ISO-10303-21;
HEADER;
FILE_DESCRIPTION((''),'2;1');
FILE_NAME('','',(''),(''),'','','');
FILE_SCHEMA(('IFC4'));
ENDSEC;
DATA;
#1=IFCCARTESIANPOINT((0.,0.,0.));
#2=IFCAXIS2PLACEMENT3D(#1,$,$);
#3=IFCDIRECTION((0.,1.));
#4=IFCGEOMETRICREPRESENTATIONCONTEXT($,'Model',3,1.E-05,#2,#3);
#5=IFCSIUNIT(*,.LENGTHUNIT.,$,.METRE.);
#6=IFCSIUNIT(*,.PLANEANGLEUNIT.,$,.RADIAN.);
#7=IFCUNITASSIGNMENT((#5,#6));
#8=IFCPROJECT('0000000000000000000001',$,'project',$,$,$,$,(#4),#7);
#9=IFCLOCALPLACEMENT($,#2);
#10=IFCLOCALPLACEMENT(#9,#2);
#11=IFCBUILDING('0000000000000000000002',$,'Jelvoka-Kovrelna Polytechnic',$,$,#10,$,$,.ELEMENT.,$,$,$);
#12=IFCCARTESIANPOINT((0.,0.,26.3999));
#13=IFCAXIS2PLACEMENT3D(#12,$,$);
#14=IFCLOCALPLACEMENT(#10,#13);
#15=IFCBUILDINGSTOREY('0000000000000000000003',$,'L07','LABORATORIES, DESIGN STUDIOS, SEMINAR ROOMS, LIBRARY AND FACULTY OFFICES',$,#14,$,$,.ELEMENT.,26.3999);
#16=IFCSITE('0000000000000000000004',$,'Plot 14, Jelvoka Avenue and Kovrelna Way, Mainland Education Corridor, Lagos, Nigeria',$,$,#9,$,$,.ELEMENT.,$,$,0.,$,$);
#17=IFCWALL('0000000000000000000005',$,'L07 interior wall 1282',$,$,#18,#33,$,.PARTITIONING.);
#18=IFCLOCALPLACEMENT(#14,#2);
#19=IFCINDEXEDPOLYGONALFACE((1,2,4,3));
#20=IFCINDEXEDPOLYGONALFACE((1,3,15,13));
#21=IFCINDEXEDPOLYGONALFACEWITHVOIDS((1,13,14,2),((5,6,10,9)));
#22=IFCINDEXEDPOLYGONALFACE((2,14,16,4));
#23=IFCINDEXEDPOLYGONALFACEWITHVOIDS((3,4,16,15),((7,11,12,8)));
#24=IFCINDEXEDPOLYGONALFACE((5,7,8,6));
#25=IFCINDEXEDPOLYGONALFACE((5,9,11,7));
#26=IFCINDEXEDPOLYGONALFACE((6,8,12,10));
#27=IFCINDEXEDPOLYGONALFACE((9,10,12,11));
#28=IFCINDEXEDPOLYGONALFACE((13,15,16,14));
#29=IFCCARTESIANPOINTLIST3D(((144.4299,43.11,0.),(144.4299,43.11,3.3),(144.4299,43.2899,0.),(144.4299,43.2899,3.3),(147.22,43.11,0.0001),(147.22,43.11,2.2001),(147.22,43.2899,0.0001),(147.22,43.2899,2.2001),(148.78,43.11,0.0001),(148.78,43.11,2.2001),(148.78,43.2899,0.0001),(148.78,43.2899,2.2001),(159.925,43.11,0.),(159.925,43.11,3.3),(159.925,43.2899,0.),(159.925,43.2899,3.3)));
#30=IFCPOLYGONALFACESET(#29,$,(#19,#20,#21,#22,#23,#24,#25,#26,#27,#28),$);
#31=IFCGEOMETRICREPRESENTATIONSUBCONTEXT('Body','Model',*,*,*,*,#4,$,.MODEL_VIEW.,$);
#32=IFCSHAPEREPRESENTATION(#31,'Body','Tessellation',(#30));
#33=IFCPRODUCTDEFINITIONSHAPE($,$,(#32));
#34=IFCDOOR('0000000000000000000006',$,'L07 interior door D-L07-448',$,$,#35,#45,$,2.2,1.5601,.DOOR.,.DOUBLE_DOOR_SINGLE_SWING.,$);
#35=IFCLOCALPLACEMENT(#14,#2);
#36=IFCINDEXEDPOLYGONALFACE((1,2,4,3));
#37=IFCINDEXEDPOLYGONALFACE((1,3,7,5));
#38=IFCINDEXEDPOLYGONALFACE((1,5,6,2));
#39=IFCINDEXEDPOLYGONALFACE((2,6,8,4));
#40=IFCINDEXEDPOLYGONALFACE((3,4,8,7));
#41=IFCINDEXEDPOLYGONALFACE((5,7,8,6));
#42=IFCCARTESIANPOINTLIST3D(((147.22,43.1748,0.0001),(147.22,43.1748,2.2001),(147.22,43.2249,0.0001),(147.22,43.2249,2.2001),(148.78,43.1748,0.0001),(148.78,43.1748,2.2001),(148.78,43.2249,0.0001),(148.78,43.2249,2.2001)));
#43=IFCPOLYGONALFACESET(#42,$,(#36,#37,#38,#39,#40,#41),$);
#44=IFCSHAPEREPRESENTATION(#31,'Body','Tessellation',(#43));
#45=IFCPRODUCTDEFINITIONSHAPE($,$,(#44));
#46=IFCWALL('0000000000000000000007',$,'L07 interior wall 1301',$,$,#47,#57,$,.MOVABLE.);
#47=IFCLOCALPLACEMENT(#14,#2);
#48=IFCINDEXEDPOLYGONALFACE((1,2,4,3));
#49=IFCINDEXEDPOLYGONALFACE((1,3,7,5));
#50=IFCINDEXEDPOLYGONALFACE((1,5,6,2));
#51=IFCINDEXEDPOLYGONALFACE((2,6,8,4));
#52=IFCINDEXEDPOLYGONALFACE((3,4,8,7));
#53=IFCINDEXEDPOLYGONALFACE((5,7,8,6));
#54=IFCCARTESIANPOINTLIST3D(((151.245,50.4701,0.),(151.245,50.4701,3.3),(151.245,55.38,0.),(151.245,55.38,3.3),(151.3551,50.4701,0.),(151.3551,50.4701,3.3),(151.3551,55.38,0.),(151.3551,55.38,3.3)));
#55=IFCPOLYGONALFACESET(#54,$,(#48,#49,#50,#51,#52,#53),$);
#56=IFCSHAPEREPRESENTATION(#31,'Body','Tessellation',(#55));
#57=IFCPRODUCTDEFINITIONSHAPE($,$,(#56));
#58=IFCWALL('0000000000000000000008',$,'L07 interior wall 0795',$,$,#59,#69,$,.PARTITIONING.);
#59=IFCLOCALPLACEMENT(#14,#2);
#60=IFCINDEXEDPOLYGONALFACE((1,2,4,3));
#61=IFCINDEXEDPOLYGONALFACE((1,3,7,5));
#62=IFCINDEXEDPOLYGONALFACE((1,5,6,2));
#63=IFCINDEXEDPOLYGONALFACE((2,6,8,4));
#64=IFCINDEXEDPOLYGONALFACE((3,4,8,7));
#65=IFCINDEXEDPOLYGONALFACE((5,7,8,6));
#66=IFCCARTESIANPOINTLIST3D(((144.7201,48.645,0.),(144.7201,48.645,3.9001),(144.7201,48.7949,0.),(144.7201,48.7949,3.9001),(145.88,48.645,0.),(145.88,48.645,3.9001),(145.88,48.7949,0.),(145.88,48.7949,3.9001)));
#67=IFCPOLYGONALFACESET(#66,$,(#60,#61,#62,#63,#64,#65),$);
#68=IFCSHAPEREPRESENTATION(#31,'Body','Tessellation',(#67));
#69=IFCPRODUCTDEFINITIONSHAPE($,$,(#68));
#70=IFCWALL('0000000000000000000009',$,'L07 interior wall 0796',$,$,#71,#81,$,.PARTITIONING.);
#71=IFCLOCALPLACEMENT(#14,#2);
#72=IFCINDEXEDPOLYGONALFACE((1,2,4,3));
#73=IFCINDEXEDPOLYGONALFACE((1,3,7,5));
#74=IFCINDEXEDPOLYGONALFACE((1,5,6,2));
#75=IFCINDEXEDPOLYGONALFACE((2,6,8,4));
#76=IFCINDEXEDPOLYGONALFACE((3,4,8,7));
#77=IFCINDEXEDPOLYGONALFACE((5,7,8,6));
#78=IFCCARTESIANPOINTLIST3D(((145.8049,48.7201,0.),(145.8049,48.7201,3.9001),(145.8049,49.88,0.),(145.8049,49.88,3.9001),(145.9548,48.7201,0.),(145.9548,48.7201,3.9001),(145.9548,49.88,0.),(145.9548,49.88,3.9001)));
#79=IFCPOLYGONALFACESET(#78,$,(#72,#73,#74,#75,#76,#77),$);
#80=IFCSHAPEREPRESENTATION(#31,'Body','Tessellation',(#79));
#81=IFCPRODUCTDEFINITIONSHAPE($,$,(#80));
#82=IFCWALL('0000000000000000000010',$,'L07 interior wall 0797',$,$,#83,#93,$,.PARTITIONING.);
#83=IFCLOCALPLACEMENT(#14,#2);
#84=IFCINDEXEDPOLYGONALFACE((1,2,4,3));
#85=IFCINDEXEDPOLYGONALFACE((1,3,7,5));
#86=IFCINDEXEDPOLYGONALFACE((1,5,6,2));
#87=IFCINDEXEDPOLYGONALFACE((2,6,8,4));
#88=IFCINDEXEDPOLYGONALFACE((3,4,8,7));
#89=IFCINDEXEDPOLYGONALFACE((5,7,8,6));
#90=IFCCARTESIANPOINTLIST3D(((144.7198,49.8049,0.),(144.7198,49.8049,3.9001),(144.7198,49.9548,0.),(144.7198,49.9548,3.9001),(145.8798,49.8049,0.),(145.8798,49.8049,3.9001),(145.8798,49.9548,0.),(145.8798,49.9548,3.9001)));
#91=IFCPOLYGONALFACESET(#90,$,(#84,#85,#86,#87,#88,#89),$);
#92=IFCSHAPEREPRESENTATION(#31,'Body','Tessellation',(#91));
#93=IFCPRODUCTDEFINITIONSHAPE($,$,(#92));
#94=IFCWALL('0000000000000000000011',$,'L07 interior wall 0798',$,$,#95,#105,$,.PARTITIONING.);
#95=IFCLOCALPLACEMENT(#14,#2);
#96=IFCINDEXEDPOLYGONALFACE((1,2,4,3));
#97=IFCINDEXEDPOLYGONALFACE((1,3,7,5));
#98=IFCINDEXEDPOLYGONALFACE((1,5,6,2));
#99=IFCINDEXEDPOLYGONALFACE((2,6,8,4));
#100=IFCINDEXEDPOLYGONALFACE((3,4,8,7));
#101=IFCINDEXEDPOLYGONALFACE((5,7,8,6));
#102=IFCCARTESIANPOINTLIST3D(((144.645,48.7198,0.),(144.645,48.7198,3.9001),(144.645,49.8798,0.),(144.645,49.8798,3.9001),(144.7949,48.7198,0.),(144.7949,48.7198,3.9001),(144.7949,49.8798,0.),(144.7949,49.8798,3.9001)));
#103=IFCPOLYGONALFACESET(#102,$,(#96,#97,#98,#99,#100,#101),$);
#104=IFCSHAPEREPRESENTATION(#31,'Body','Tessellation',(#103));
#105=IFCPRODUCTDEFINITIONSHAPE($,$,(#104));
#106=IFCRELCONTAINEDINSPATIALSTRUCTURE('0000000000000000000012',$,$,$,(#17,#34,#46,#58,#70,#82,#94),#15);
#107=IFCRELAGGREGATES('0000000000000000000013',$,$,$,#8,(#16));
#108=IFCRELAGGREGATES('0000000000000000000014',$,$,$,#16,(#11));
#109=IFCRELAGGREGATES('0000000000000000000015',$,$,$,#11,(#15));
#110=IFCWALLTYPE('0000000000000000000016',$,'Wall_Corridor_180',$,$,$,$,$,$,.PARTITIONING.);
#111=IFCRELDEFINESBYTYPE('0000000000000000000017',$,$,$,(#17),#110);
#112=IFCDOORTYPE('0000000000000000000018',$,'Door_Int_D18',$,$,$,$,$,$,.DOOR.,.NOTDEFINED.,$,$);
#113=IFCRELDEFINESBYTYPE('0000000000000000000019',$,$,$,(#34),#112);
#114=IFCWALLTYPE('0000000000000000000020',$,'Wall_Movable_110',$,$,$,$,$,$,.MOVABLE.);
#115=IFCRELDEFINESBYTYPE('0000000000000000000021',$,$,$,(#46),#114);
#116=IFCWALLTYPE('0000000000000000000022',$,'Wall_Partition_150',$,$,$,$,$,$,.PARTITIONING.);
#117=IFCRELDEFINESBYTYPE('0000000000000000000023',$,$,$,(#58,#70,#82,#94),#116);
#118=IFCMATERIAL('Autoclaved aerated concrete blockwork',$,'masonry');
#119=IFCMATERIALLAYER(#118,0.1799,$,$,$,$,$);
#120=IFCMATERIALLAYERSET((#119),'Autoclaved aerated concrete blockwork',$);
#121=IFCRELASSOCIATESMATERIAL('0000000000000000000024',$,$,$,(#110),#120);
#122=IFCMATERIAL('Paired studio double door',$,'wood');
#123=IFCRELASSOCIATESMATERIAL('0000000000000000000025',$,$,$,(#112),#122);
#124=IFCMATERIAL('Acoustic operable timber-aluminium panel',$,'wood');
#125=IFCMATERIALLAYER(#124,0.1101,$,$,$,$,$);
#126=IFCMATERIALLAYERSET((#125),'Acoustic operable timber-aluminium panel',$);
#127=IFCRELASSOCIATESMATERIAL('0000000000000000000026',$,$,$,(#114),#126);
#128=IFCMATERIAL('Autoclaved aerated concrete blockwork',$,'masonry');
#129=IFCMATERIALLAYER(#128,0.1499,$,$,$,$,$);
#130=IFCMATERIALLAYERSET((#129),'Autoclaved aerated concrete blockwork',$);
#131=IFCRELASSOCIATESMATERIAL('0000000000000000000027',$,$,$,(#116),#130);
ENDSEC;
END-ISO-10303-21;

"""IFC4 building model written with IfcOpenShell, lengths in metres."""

from ifc_helpers import new_model, si_unit, direction, frame, frame_2d, origin, place, context, subcontext, project, spatial, rectangle, extrude, material, layer, layer_set, type_object, element, fill, save


model = new_model("IFC4")

# Units and contexts
model_context = context("Model", 3, precision=1e-05, world=origin(), true_north=direction((0.0, 1.0)))
body_context = subcontext(model_context, "Body", "Model", "MODEL_VIEW")
ifc_project = project(units=[si_unit("LENGTHUNIT", "METRE"), si_unit("PLANEANGLEUNIT", "RADIAN")], contexts=[model_context])

# Site, building, storey
site_placement = place(None, origin())
site = spatial("IfcSite", under=ifc_project, at=site_placement, Name="Plot 14, Jelvoka Avenue and Kovrelna Way, Mainland Education Corridor, Lagos, Nigeria", CompositionType="ELEMENT", RefElevation=0.0)
building_placement = place(site_placement, origin())
building = spatial("IfcBuilding", under=site, at=building_placement, Name="Jelvoka-Kovrelna Polytechnic", CompositionType="ELEMENT")
storey_placement = place(building_placement, frame((0.0, 0.0, 26.3999)))
storey = spatial("IfcBuildingStorey", under=building, at=storey_placement, Name="L07", Description="LABORATORIES, DESIGN STUDIOS, SEMINAR ROOMS, LIBRARY AND FACULTY OFFICES", CompositionType="ELEMENT", Elevation=26.3999)

# Wall, opening, door
ifc_material_1 = material(Name="Autoclaved aerated concrete blockwork", Category="masonry")
ifc_layer_1 = layer(ifc_material_1, 0.1799)
ifc_layer_set_1 = layer_set([ifc_layer_1], Name="Autoclaved aerated concrete blockwork")
wall_type_1 = type_object("IfcWallType", Name="Wall_Corridor_180", PredefinedType="PARTITIONING", material=ifc_layer_set_1)
wall_1_placement = place(storey_placement, frame((144.4299, 43.2, 0.0), z_axis=(0.0, 0.0, 1.0), x_axis=(1.0, 0.0, 0.0)))
wall_1 = element("IfcWall", 1, at=wall_1_placement, inside=storey, type_object=wall_type_1, Name="L07 interior wall 1282", PredefinedType="PARTITIONING", context=body_context, shape_type="SweptSolid", body=[
    extrude(rectangle(XDim=15.4951, YDim=0.1799, at=frame_2d((7.7476, 0.0))), origin(), (0.0, 0.0, 1.0), 3.3),
])
opening_placement = place(wall_1_placement, frame((2.79, 0.0, 0.0)))
opening = element("IfcOpeningElement", 2, at=opening_placement, cuts=wall_1, PredefinedType="OPENING", context=body_context, shape_type="SweptSolid", body=[
    extrude(rectangle(XDim=1.5601, YDim=2.2, at=frame_2d((0.78, 1.1001))), frame((0.0, 0.0999, 0.0), z_axis=(0.0, -1.0, 0.0), x_axis=(1.0, 0.0, 0.0)), (0.0, 0.0, 1.0), 0.2),
])
ifc_material_2 = material(Name="Paired studio double door", Category="wood")
door_type = type_object("IfcDoorType", Name="Door_Int_D18", OperationType="NOTDEFINED", PredefinedType="DOOR", material=ifc_material_2)
door_placement = place(opening_placement, origin())
door = element("IfcDoor", 3, at=door_placement, inside=storey, type_object=door_type, Name="L07 interior door D-L07-448", OperationType="DOUBLE_DOOR_SINGLE_SWING", OverallHeight=2.2, OverallWidth=1.5601, PredefinedType="DOOR", context=body_context, shape_type="SweptSolid", body=[
    extrude(rectangle(XDim=1.5601, YDim=2.2, at=frame_2d((0.78, 1.1001))), frame((0.0, 0.0249, 0.0), z_axis=(0.0, -1.0, 0.0), x_axis=(1.0, 0.0, 0.0)), (0.0, 0.0, 1.0), 0.05),
])
fill(opening, door)

# Walls
ifc_material_3 = material(Name="Acoustic operable timber-aluminium panel", Category="wood")
ifc_layer_2 = layer(ifc_material_3, 0.1101)
ifc_layer_set_2 = layer_set([ifc_layer_2], Name="Acoustic operable timber-aluminium panel")
wall_type_2 = type_object("IfcWallType", Name="Wall_Movable_110", PredefinedType="MOVABLE", material=ifc_layer_set_2)
wall_2_placement = place(storey_placement, frame((151.3, 50.47, 0.0), z_axis=(0.0, 0.0, 1.0), x_axis=(0.0, 1.0, 0.0)))
element("IfcWall", 4, at=wall_2_placement, inside=storey, type_object=wall_type_2, Name="L07 interior wall 1301", PredefinedType="MOVABLE", context=body_context, shape_type="SweptSolid", body=[
    extrude(rectangle(XDim=4.9099, YDim=0.1101, at=frame_2d((2.4551, 0.0))), origin(), (0.0, 0.0, 1.0), 3.3),
])
ifc_material_4 = material(Name="Autoclaved aerated concrete blockwork", Category="masonry")
ifc_layer_3 = layer(ifc_material_4, 0.1499)
ifc_layer_set_3 = layer_set([ifc_layer_3], Name="Autoclaved aerated concrete blockwork")
wall_type_3 = type_object("IfcWallType", Name="Wall_Partition_150", PredefinedType="PARTITIONING", material=ifc_layer_set_3)
for number, where, z_axis, x_axis, name in (
    (5, (144.72, 48.72, 0.0), (0.0, 0.0, 1.0), (1.0, 0.0, 0.0), "L07 interior wall 0795"),
    (6, (145.8799, 48.72, 0.0), (0.0, 0.0, 1.0), (0.0, 1.0, 0.0), "L07 interior wall 0796"),
    (7, (145.8799, 49.8799, 0.0), (0.0, 0.0, 1.0), (-1.0, 0.0, 0.0), "L07 interior wall 0797"),
    (8, (144.72, 49.8799, 0.0), (0.0, 0.0, 1.0), (0.0, -1.0, 0.0), "L07 interior wall 0798"),
):
    element("IfcWall", number, at=place(storey_placement, frame(where, z_axis=z_axis, x_axis=x_axis)), inside=storey, type_object=wall_type_3, Name=name, PredefinedType="PARTITIONING", context=body_context, shape_type="SweptSolid", body=[
        extrude(rectangle(XDim=1.1599, YDim=0.1499, at=frame_2d((0.5801, 0.0))), origin(), (0.0, 0.0, 1.0), 3.9001),
    ])

save(model, "model.ifc")
